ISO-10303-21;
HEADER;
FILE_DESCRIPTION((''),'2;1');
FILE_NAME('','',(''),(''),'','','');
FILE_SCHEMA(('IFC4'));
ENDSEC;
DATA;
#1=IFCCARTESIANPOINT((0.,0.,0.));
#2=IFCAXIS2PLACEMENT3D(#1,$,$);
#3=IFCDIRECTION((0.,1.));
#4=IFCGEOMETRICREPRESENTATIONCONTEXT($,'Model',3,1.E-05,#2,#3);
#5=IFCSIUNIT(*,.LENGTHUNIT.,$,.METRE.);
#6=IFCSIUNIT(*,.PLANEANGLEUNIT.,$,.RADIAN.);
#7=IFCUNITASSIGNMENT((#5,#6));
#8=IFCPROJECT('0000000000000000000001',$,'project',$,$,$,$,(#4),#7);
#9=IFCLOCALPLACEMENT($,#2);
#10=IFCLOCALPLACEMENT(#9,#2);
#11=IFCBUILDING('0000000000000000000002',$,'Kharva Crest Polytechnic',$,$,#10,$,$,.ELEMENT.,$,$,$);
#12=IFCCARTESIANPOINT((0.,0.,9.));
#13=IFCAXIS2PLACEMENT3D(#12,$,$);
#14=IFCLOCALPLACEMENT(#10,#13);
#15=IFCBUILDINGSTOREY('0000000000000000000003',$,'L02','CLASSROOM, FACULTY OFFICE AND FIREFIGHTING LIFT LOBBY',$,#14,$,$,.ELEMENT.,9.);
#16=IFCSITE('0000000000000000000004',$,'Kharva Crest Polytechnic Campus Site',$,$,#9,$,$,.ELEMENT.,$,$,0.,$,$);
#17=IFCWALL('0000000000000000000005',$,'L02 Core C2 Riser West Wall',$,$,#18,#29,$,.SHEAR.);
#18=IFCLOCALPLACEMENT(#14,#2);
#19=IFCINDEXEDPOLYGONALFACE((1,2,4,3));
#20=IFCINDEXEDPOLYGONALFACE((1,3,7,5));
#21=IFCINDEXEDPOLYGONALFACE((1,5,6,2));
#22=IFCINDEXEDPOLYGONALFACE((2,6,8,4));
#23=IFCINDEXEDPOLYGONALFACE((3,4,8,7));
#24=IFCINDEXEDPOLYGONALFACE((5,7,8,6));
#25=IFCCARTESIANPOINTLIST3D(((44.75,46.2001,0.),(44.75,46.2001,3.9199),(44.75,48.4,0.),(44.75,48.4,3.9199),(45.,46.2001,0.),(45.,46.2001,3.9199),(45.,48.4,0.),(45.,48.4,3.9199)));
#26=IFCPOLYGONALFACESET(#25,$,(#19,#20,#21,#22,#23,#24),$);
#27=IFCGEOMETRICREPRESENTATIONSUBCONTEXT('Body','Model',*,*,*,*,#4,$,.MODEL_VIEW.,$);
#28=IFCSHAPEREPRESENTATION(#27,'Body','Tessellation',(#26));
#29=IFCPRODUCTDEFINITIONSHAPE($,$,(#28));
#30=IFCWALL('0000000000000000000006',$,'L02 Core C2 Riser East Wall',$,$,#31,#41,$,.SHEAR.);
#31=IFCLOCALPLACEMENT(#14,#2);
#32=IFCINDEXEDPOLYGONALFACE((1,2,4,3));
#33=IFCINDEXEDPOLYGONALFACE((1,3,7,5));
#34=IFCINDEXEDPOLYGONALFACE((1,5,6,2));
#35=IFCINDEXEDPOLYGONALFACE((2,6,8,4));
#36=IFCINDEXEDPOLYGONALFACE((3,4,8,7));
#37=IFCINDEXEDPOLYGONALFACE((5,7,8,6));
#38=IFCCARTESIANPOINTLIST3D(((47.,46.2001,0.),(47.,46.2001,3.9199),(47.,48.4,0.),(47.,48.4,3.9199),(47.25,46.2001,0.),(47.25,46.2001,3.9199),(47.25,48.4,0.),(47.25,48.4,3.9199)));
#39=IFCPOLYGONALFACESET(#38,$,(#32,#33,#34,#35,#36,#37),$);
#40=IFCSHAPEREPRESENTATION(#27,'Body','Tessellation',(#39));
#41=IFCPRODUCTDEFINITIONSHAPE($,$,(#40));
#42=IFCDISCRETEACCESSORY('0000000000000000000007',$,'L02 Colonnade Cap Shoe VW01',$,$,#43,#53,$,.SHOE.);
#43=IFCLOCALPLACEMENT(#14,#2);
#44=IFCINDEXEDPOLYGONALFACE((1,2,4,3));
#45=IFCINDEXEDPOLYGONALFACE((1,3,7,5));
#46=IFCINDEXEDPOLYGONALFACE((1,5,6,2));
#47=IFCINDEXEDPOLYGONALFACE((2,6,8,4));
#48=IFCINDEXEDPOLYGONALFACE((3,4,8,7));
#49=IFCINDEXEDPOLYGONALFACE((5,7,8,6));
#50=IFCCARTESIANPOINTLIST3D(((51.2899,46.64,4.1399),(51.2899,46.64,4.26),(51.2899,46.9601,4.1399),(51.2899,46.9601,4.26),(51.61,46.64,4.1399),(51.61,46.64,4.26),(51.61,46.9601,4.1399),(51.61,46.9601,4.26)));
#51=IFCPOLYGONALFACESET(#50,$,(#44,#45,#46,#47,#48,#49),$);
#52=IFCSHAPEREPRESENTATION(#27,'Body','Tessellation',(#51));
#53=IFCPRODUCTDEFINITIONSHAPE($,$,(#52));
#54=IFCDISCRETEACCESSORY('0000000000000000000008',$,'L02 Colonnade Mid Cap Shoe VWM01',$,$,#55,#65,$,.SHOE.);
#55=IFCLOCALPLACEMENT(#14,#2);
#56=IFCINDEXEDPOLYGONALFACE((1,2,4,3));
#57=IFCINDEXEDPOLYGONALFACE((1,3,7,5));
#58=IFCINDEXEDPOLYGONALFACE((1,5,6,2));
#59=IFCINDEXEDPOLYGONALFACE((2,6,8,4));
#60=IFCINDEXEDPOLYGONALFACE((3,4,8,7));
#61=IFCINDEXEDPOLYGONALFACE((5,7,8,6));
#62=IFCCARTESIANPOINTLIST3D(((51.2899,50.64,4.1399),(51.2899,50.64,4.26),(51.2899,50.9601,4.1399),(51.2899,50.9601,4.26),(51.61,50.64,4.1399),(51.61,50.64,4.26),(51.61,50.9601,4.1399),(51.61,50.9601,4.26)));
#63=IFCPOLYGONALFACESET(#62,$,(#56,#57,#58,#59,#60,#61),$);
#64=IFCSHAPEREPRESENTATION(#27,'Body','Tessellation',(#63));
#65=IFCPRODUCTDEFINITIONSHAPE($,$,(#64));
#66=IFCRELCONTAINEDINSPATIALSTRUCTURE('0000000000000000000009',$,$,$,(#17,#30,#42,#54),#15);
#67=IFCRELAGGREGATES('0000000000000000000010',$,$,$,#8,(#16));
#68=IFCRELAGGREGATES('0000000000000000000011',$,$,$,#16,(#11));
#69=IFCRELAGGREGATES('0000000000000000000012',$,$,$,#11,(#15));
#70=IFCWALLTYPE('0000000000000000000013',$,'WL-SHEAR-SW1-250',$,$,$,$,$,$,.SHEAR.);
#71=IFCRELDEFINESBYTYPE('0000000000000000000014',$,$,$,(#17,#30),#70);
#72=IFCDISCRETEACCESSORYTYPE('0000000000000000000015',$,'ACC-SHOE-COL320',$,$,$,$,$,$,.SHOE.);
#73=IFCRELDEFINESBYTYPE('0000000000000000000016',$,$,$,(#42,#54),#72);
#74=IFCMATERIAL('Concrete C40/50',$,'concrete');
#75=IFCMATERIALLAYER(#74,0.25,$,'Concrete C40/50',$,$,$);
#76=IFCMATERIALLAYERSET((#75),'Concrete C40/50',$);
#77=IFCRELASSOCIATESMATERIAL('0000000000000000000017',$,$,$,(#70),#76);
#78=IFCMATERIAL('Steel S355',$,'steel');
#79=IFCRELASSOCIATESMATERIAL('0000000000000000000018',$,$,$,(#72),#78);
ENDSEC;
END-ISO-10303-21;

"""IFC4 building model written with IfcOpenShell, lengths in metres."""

from ifc_helpers import new_model, si_unit, direction, frame, frame_2d, origin, origin_2d, place, context, subcontext, project, spatial, rectangle, extrude, material, layer, layer_set, type_object, element, save


model = new_model("IFC4")

# Units and contexts
model_context = context("Model", 3, precision=1e-05, world=origin(), true_north=direction((0.0, 1.0)))
body_context = subcontext(model_context, "Body", "Model", "MODEL_VIEW")
ifc_project = project(units=[si_unit("LENGTHUNIT", "METRE"), si_unit("PLANEANGLEUNIT", "RADIAN")], contexts=[model_context])

# Site, building, storey
site_placement = place(None, origin())
site = spatial("IfcSite", under=ifc_project, at=site_placement, Name="Kharva Crest Polytechnic Campus Site", CompositionType="ELEMENT", RefElevation=0.0)
building_placement = place(site_placement, origin())
building = spatial("IfcBuilding", under=site, at=building_placement, Name="Kharva Crest Polytechnic", CompositionType="ELEMENT")
storey_placement = place(building_placement, frame((0.0, 0.0, 9.0)))
storey = spatial("IfcBuildingStorey", under=building, at=storey_placement, Name="L02", Description="CLASSROOM, FACULTY OFFICE AND FIREFIGHTING LIFT LOBBY", CompositionType="ELEMENT", Elevation=9.0)

# Shared definitions
ifc_material_1 = material(Name="Concrete C40/50", Category="concrete")
ifc_material_2 = material(Name="Steel S355", Category="steel")

# Walls
ifc_layer_1 = layer(ifc_material_1, 0.25, Name="Concrete C40/50")
ifc_layer_set_1 = layer_set([ifc_layer_1], Name="Concrete C40/50")
wall_type_1 = type_object("IfcWallType", Name="WL-SHEAR-SW1-250", PredefinedType="SHEAR", material=ifc_layer_set_1)
for number, where, z_axis, x_axis, name in (
    (1, (44.875, 46.2, 0.0), (0.0, 0.0, 1.0), (0.0, 1.0, 0.0), "L02 Core C2 Riser West Wall"),
    (2, (47.125, 46.2, 0.0), (0.0, 0.0, 1.0), (0.0, 1.0, 0.0), "L02 Core C2 Riser East Wall"),
):
    element("IfcWall", number, at=place(storey_placement, frame(where, z_axis=z_axis, x_axis=x_axis)), inside=storey, type_object=wall_type_1, Name=name, PredefinedType="SHEAR", context=body_context, shape_type="SweptSolid", body=[
        extrude(rectangle(XDim=2.2, YDim=0.25, at=frame_2d((1.1001, 0.0))), origin(), (0.0, 0.0, 1.0), 3.9199),
    ])

# Discrete accessories
discrete_accessory_type = type_object("IfcDiscreteAccessoryType", Name="ACC-SHOE-COL320", PredefinedType="SHOE", material=ifc_material_2)
for number, where, z_axis, x_axis, name in (
    (3, (51.45, 46.8, 4.1399), (0.0, 0.0, 1.0), (1.0, 0.0, 0.0), "L02 Colonnade Cap Shoe VW01"),
    (4, (51.45, 50.8, 4.1399), (0.0, 0.0, 1.0), (1.0, 0.0, 0.0), "L02 Colonnade Mid Cap Shoe VWM01"),
):
    element("IfcDiscreteAccessory", number, at=place(storey_placement, frame(where, z_axis=z_axis, x_axis=x_axis)), inside=storey, type_object=discrete_accessory_type, Name=name, PredefinedType="SHOE", context=body_context, shape_type="SweptSolid", body=[
        extrude(rectangle(XDim=0.3201, YDim=0.3201, at=origin_2d()), origin(), (0.0, 0.0, 1.0), 0.1201),
    ])

save(model, "model.ifc")
